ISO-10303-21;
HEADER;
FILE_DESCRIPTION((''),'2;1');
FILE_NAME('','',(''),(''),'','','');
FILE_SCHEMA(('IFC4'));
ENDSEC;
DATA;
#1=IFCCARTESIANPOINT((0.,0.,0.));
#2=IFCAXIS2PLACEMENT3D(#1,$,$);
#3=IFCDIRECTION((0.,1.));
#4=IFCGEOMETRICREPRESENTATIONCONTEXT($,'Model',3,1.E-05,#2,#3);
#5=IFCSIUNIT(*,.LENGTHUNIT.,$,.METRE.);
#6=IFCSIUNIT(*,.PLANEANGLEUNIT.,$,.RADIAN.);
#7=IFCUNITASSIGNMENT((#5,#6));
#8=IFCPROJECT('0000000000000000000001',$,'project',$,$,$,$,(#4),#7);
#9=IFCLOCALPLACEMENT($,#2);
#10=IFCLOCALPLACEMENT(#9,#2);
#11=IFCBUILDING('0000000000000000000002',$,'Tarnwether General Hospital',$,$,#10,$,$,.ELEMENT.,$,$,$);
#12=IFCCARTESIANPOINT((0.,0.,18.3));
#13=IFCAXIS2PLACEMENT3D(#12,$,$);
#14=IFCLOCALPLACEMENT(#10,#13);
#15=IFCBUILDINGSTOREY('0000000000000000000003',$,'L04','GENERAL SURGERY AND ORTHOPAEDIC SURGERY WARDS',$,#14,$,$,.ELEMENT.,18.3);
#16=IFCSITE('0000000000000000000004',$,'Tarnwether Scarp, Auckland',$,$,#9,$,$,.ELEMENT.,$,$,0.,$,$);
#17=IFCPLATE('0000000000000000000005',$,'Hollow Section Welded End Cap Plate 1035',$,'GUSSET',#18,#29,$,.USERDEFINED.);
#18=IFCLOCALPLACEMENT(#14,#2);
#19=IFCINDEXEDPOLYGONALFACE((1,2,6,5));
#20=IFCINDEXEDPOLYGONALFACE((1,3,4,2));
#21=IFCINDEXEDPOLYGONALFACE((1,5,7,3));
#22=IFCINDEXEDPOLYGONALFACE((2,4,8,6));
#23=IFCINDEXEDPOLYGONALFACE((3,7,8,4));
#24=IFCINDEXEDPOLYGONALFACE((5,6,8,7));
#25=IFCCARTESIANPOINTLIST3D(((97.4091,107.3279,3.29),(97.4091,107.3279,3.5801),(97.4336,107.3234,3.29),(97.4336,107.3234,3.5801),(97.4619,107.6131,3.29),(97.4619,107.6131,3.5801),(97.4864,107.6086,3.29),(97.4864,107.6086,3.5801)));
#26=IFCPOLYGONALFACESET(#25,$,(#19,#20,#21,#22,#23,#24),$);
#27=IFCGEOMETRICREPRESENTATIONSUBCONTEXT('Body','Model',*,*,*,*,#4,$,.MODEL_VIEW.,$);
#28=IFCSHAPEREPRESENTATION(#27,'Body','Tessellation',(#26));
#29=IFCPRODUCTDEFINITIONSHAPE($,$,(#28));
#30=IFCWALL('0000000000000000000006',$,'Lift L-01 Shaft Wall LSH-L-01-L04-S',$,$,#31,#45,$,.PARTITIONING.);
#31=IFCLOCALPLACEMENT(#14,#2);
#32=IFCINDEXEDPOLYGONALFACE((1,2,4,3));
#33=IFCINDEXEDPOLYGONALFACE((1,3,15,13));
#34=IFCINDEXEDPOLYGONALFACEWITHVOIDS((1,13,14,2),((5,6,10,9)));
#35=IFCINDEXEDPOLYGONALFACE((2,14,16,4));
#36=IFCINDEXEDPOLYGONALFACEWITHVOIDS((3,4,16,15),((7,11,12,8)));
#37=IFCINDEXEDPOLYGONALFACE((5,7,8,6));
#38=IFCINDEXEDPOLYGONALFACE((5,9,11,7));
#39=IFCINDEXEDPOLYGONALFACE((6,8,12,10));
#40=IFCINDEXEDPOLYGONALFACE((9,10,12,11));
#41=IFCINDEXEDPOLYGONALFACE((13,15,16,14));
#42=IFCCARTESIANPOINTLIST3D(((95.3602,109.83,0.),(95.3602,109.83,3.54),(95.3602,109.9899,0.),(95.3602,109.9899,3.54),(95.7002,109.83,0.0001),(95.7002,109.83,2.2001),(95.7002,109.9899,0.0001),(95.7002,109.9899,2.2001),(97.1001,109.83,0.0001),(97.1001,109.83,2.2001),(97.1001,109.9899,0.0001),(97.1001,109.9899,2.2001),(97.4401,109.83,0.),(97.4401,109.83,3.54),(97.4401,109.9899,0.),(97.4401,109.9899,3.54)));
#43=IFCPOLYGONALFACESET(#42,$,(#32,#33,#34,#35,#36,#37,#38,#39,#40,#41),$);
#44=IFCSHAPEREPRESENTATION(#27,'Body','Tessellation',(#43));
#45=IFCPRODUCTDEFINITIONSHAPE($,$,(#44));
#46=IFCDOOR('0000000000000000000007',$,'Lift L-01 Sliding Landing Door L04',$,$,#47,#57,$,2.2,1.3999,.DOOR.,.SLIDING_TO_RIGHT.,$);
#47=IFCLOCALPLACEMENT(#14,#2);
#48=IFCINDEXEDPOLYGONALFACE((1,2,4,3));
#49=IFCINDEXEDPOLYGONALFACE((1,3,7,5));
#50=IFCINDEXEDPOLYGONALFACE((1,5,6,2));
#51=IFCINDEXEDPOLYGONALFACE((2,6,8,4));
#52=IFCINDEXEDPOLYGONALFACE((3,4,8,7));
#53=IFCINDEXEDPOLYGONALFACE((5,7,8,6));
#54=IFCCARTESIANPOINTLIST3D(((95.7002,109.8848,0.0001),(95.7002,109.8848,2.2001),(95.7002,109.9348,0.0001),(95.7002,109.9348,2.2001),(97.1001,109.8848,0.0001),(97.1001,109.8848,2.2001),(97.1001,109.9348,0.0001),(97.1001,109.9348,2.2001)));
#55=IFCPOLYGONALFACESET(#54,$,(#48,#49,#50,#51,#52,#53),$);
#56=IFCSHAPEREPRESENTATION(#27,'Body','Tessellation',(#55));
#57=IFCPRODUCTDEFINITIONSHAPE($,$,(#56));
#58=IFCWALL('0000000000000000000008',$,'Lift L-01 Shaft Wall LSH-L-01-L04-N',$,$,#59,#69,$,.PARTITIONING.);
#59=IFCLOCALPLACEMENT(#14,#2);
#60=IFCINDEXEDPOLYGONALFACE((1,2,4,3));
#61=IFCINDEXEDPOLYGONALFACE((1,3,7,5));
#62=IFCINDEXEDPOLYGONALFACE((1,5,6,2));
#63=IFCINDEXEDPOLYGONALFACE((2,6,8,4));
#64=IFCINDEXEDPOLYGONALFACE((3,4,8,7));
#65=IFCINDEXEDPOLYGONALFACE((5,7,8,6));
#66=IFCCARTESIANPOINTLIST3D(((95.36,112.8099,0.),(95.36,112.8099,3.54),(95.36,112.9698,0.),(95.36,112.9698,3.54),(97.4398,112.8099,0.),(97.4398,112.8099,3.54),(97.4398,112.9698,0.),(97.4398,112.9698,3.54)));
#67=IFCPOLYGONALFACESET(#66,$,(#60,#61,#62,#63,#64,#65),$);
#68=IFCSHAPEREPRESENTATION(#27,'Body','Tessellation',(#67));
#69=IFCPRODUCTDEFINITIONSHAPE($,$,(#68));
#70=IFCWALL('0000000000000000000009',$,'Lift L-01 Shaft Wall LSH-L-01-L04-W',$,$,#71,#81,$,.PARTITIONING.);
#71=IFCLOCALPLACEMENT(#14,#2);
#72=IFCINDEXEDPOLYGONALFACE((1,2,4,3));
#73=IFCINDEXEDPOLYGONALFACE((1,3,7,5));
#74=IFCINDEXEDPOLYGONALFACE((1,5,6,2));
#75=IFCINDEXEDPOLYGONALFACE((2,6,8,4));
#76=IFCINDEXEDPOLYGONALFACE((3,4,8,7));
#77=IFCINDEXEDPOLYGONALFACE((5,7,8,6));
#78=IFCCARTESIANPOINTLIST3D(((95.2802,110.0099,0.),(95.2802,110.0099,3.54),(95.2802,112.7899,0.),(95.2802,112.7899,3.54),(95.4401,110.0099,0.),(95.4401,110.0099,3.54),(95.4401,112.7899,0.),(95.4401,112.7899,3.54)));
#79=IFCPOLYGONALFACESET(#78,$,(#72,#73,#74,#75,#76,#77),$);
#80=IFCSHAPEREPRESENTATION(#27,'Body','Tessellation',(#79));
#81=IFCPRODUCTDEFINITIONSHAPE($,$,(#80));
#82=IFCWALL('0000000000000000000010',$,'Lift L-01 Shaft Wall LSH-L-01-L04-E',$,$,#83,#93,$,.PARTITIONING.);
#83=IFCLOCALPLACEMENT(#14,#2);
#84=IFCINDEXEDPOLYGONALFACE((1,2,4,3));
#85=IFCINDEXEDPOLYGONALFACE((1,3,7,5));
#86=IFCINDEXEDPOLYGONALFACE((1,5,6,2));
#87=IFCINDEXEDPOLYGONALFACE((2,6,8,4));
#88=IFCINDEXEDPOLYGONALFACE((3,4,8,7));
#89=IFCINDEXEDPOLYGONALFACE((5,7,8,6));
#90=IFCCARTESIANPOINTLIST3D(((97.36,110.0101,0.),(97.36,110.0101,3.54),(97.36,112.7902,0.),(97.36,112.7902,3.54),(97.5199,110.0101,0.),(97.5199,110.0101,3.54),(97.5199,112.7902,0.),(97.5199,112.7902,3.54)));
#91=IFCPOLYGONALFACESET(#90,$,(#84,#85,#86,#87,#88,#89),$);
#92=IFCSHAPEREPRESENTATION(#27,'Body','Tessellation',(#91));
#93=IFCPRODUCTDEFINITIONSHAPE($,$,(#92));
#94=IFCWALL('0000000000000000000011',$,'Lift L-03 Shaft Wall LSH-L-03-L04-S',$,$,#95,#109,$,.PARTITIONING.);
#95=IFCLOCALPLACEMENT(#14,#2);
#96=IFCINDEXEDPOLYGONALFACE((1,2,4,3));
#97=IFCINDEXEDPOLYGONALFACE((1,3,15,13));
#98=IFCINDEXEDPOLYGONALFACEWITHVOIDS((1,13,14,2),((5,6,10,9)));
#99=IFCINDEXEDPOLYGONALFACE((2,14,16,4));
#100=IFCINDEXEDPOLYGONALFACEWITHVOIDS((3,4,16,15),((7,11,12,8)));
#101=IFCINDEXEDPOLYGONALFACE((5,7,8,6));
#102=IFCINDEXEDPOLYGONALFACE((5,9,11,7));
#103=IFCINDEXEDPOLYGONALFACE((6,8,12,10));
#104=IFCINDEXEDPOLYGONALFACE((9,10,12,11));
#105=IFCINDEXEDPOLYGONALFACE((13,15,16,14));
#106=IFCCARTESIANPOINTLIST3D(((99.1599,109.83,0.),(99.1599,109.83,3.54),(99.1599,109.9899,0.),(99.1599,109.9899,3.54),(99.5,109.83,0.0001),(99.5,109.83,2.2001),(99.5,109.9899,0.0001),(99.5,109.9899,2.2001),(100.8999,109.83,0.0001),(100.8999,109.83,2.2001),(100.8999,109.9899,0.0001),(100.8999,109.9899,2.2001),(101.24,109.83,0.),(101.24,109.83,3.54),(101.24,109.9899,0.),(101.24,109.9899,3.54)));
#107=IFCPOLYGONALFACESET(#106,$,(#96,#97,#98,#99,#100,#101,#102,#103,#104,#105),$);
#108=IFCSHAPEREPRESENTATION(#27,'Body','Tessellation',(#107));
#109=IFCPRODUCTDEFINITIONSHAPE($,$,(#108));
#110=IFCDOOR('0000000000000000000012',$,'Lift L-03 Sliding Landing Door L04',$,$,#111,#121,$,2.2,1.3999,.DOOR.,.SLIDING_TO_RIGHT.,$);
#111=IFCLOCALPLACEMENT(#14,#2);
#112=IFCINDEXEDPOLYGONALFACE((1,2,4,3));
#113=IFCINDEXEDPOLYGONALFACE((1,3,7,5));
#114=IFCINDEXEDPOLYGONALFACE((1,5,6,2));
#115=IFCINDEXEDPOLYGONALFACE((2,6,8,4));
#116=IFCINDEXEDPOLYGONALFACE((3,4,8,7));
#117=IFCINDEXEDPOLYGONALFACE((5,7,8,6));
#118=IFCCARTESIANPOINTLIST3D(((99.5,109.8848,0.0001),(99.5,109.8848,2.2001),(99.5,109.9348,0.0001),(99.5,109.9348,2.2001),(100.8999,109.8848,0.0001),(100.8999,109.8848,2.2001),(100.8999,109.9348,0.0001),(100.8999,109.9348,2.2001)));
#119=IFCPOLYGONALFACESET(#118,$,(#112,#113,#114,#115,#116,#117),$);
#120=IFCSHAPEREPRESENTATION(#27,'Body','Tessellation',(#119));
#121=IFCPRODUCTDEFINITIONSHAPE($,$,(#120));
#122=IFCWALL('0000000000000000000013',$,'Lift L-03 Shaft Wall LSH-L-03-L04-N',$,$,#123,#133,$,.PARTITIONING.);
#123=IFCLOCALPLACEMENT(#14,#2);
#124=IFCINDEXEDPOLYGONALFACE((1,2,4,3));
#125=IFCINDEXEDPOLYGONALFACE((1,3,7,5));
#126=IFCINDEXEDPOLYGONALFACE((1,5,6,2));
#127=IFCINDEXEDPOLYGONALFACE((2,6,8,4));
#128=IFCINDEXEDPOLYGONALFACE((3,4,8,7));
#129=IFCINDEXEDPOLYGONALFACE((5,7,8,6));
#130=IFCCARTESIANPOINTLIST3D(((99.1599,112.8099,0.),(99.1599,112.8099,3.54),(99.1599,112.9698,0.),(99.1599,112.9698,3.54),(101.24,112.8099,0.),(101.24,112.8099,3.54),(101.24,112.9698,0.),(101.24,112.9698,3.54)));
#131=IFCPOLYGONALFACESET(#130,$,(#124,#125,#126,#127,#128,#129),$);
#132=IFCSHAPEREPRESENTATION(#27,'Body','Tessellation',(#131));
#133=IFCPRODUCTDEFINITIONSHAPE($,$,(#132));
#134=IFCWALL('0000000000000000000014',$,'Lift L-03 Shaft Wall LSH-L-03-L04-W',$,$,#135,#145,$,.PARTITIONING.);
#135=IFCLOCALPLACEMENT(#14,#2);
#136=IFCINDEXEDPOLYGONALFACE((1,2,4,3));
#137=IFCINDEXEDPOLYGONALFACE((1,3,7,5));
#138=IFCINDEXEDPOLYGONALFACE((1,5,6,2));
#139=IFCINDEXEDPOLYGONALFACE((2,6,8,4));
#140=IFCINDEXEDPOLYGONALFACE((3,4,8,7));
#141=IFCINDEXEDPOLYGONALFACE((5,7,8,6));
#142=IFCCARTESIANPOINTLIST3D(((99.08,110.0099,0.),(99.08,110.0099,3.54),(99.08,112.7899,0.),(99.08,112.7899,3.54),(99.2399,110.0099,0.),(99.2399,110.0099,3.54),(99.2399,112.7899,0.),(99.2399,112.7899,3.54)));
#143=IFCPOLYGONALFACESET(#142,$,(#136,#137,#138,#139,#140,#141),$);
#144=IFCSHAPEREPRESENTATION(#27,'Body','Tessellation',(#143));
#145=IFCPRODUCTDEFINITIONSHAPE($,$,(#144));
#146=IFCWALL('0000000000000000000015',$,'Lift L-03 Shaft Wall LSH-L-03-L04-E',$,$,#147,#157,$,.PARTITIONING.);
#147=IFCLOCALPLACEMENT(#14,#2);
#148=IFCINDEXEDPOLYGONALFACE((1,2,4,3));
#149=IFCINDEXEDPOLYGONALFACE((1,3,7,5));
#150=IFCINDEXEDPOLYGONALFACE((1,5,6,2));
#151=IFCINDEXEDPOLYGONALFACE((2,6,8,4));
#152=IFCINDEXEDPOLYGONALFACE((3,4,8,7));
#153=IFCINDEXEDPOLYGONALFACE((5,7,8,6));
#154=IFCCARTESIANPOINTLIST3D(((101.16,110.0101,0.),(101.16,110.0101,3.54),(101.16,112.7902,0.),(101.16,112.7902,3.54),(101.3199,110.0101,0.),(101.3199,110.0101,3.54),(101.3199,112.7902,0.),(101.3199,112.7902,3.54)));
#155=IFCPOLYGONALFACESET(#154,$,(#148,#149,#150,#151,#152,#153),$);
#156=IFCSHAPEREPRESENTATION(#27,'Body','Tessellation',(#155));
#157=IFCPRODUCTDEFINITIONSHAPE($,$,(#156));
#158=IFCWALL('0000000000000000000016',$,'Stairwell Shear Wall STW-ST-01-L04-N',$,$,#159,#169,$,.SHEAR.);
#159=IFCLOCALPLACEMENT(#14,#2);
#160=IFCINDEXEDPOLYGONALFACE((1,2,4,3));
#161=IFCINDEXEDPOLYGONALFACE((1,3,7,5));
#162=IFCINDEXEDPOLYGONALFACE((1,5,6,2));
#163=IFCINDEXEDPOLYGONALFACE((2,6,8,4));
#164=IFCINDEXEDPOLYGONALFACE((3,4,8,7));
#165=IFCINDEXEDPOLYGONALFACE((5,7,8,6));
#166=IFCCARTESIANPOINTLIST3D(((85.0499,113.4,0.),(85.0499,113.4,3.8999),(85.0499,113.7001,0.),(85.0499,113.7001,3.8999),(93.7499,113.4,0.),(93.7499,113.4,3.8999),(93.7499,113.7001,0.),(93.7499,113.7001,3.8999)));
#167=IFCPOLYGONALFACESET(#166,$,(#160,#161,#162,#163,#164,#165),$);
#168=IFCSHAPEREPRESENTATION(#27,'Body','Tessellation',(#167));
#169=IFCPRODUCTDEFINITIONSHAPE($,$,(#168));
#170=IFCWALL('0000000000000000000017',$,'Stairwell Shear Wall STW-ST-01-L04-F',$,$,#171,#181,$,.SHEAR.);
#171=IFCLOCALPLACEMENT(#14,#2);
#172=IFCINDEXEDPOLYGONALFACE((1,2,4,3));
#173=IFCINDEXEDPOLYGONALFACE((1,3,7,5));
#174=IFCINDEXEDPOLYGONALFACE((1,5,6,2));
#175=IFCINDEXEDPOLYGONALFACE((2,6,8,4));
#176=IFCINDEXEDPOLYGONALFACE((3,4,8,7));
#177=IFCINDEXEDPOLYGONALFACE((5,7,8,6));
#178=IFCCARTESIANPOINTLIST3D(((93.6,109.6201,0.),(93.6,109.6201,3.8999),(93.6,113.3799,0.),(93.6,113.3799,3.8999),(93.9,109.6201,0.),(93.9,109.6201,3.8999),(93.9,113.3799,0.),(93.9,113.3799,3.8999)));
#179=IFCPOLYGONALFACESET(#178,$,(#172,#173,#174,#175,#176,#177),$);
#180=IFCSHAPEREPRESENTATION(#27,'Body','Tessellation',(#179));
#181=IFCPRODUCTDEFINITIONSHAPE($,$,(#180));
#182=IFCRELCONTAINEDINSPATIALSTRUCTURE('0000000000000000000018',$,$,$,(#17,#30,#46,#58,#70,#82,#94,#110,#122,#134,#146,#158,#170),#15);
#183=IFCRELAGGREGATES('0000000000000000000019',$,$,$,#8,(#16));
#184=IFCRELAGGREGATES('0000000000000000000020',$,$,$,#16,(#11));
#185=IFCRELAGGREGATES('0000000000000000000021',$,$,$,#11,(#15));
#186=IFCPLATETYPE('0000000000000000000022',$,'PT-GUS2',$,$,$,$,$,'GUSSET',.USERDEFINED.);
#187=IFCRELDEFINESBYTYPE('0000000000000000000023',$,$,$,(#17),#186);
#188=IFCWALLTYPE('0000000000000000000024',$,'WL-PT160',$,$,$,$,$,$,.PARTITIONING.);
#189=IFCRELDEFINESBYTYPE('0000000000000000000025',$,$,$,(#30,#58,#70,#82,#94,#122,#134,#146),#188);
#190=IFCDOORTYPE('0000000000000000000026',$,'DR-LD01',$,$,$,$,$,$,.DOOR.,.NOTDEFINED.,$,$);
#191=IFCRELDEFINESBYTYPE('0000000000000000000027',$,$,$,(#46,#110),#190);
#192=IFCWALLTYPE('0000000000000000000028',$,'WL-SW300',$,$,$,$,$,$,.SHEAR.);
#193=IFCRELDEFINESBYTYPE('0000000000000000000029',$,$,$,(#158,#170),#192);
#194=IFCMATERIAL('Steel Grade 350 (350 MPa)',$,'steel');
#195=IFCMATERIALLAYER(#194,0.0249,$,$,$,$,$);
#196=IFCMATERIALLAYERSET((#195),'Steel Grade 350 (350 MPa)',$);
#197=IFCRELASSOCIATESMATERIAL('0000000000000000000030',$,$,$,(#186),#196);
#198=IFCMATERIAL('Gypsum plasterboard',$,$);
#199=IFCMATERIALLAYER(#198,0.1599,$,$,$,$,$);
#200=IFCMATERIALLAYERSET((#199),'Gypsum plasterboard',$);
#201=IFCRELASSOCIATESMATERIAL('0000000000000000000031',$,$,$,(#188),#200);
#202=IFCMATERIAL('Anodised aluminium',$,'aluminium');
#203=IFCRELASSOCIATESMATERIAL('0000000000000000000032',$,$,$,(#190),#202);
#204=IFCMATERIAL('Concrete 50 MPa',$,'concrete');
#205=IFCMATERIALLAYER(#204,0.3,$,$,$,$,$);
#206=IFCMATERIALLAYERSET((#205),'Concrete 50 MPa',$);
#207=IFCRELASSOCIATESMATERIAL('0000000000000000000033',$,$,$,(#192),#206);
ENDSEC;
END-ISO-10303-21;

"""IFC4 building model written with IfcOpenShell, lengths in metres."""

from ifc_helpers import new_model, si_unit, direction, frame, frame_2d, origin, origin_2d, place, context, subcontext, project, spatial, rectangle, extrude, material, layer, layer_set, type_object, element, fill, save


model = new_model("IFC4")

# Units and contexts
model_context = context("Model", 3, precision=1e-05, world=origin(), true_north=direction((0.0, 1.0)))
body_context = subcontext(model_context, "Body", "Model", "MODEL_VIEW")
ifc_project = project(units=[si_unit("LENGTHUNIT", "METRE"), si_unit("PLANEANGLEUNIT", "RADIAN")], contexts=[model_context])

# Site, building, storey
site_placement = place(None, origin())
site = spatial("IfcSite", under=ifc_project, at=site_placement, Name="Tarnwether Scarp, Auckland", CompositionType="ELEMENT", RefElevation=0.0)
building_placement = place(site_placement, origin())
building = spatial("IfcBuilding", under=site, at=building_placement, Name="Tarnwether General Hospital", CompositionType="ELEMENT")
storey_placement = place(building_placement, frame((0.0, 0.0, 18.3)))
storey = spatial("IfcBuildingStorey", under=building, at=storey_placement, Name="L04", Description="GENERAL SURGERY AND ORTHOPAEDIC SURGERY WARDS", CompositionType="ELEMENT", Elevation=18.3)

# Plate
ifc_material_1 = material(Name="Steel Grade 350 (350 MPa)", Category="steel")
ifc_layer_1 = layer(ifc_material_1, 0.0249)
ifc_layer_set_1 = layer_set([ifc_layer_1], Name="Steel Grade 350 (350 MPa)")
plate_type_1 = type_object("IfcPlateType", Name="PT-GUS2", ElementType="GUSSET", PredefinedType="USERDEFINED", material=ifc_layer_set_1)
plate_1_placement = place(storey_placement, frame((97.4478, 107.4683, 3.29), z_axis=(0.0, 0.0, 1.0), x_axis=(0.983245, -0.182287, 0.0)))
element("IfcPlate", 1, at=plate_1_placement, inside=storey, type_object=plate_type_1, Name="Hollow Section Welded End Cap Plate 1035", ObjectType="GUSSET", PredefinedType="USERDEFINED", context=body_context, shape_type="SweptSolid", body=[
    extrude(rectangle(XDim=0.0249, YDim=0.29, at=origin_2d()), origin(), (0.0, 0.0, 1.0), 0.29),
])

# Wall, opening, door
ifc_material_2 = material(Name="Gypsum plasterboard")
ifc_layer_2 = layer(ifc_material_2, 0.1599)
ifc_layer_set_2 = layer_set([ifc_layer_2], Name="Gypsum plasterboard")
wall_type_1 = type_object("IfcWallType", Name="WL-PT160", PredefinedType="PARTITIONING", material=ifc_layer_set_2)
wall_1_placement = place(storey_placement, frame((95.3601, 109.9099, 0.0), z_axis=(0.0, 0.0, 1.0), x_axis=(1.0, 0.0, 0.0)))
wall_1 = element("IfcWall", 2, at=wall_1_placement, inside=storey, type_object=wall_type_1, Name="Lift L-01 Shaft Wall LSH-L-01-L04-S", PredefinedType="PARTITIONING", context=body_context, shape_type="SweptSolid", body=[
    extrude(rectangle(XDim=2.0798, YDim=0.1599, at=frame_2d((1.04, 0.0))), origin(), (0.0, 0.0, 1.0), 3.54),
])
opening_1_placement = place(wall_1_placement, frame((0.3401, 0.0, 0.0)))
opening_1 = element("IfcOpeningElement", 3, at=opening_1_placement, cuts=wall_1, PredefinedType="OPENING", context=body_context, shape_type="SweptSolid", body=[
    extrude(rectangle(XDim=1.3999, YDim=2.2, at=frame_2d((0.7, 1.1001))), frame((0.0, 0.0898, 0.0), z_axis=(0.0, -1.0, 0.0), x_axis=(1.0, 0.0, 0.0)), (0.0, 0.0, 1.0), 0.1799),
])
ifc_material_3 = material(Name="Anodised aluminium", Category="aluminium")
door_type = type_object("IfcDoorType", Name="DR-LD01", OperationType="NOTDEFINED", PredefinedType="DOOR", material=ifc_material_3)
door_1_placement = place(opening_1_placement, origin())
door_1 = element("IfcDoor", 4, at=door_1_placement, inside=storey, type_object=door_type, Name="Lift L-01 Sliding Landing Door L04", OperationType="SLIDING_TO_RIGHT", OverallHeight=2.2, OverallWidth=1.3999, PredefinedType="DOOR", context=body_context, shape_type="SweptSolid", body=[
    extrude(rectangle(XDim=1.3999, YDim=2.2, at=frame_2d((0.7, 1.1001))), frame((0.0, 0.0249, 0.0), z_axis=(0.0, -1.0, 0.0), x_axis=(1.0, 0.0, 0.0)), (0.0, 0.0, 1.0), 0.05),
])
fill(opening_1, door_1)

# Walls
wall_2_placement = place(storey_placement, frame((97.4399, 112.8899, 0.0), z_axis=(0.0, 0.0, 1.0), x_axis=(-1.0, 0.0, 0.0)))
element("IfcWall", 5, at=wall_2_placement, inside=storey, type_object=wall_type_1, Name="Lift L-01 Shaft Wall LSH-L-01-L04-N", PredefinedType="PARTITIONING", context=body_context, shape_type="SweptSolid", body=[
    extrude(rectangle(XDim=2.0798, YDim=0.1599, at=frame_2d((1.04, 0.0))), origin(), (0.0, 0.0, 1.0), 3.54),
])
for number, where, z_axis, x_axis, name in (
    (6, (95.3601, 112.79, 0.0), (0.0, 0.0, 1.0), (0.0, -1.0, 0.0), "Lift L-01 Shaft Wall LSH-L-01-L04-W"),
    (7, (97.4399, 110.01, 0.0), (0.0, 0.0, 1.0), (0.0, 1.0, 0.0), "Lift L-01 Shaft Wall LSH-L-01-L04-E"),
):
    element("IfcWall", number, at=place(storey_placement, frame(where, z_axis=z_axis, x_axis=x_axis)), inside=storey, type_object=wall_type_1, Name=name, PredefinedType="PARTITIONING", context=body_context, shape_type="SweptSolid", body=[
        extrude(rectangle(XDim=2.78, YDim=0.1599, at=frame_2d((1.3901, 0.0))), origin(), (0.0, 0.0, 1.0), 3.54),
    ])

# Wall, opening, door
wall_3_placement = place(storey_placement, frame((99.1599, 109.9099, 0.0), z_axis=(0.0, 0.0, 1.0), x_axis=(1.0, 0.0, 0.0)))
wall_3 = element("IfcWall", 8, at=wall_3_placement, inside=storey, type_object=wall_type_1, Name="Lift L-03 Shaft Wall LSH-L-03-L04-S", PredefinedType="PARTITIONING", context=body_context, shape_type="SweptSolid", body=[
    extrude(rectangle(XDim=2.0801, YDim=0.1599, at=frame_2d((1.04, 0.0))), origin(), (0.0, 0.0, 1.0), 3.54),
])
opening_2_placement = place(wall_3_placement, frame((0.3401, 0.0, 0.0)))
opening_2 = element("IfcOpeningElement", 9, at=opening_2_placement, cuts=wall_3, PredefinedType="OPENING", context=body_context, shape_type="SweptSolid", body=[
    extrude(rectangle(XDim=1.3999, YDim=2.2, at=frame_2d((0.7, 1.1001))), frame((0.0, 0.0898, 0.0), z_axis=(0.0, -1.0, 0.0), x_axis=(1.0, 0.0, 0.0)), (0.0, 0.0, 1.0), 0.1799),
])
door_2_placement = place(opening_2_placement, origin())
door_2 = element("IfcDoor", 10, at=door_2_placement, inside=storey, type_object=door_type, Name="Lift L-03 Sliding Landing Door L04", OperationType="SLIDING_TO_RIGHT", OverallHeight=2.2, OverallWidth=1.3999, PredefinedType="DOOR", context=body_context, shape_type="SweptSolid", body=[
    extrude(rectangle(XDim=1.3999, YDim=2.2, at=frame_2d((0.7, 1.1001))), frame((0.0, 0.0249, 0.0), z_axis=(0.0, -1.0, 0.0), x_axis=(1.0, 0.0, 0.0)), (0.0, 0.0, 1.0), 0.05),
])
fill(opening_2, door_2)

# Walls
wall_4_placement = place(storey_placement, frame((101.24, 112.8899, 0.0), z_axis=(0.0, 0.0, 1.0), x_axis=(-1.0, 0.0, 0.0)))
element("IfcWall", 11, at=wall_4_placement, inside=storey, type_object=wall_type_1, Name="Lift L-03 Shaft Wall LSH-L-03-L04-N", PredefinedType="PARTITIONING", context=body_context, shape_type="SweptSolid", body=[
    extrude(rectangle(XDim=2.0801, YDim=0.1599, at=frame_2d((1.04, 0.0))), origin(), (0.0, 0.0, 1.0), 3.54),
])
for number, where, z_axis, x_axis, name in (
    (12, (99.1599, 112.79, 0.0), (0.0, 0.0, 1.0), (0.0, -1.0, 0.0), "Lift L-03 Shaft Wall LSH-L-03-L04-W"),
    (13, (101.24, 110.01, 0.0), (0.0, 0.0, 1.0), (0.0, 1.0, 0.0), "Lift L-03 Shaft Wall LSH-L-03-L04-E"),
):
    element("IfcWall", number, at=place(storey_placement, frame(where, z_axis=z_axis, x_axis=x_axis)), inside=storey, type_object=wall_type_1, Name=name, PredefinedType="PARTITIONING", context=body_context, shape_type="SweptSolid", body=[
        extrude(rectangle(XDim=2.78, YDim=0.1599, at=frame_2d((1.3901, 0.0))), origin(), (0.0, 0.0, 1.0), 3.54),
    ])
ifc_material_4 = material(Name="Concrete 50 MPa", Category="concrete")
ifc_layer_3 = layer(ifc_material_4, 0.3)
ifc_layer_set_3 = layer_set([ifc_layer_3], Name="Concrete 50 MPa")
wall_type_2 = type_object("IfcWallType", Name="WL-SW300", PredefinedType="SHEAR", material=ifc_layer_set_3)
wall_5_placement = place(storey_placement, frame((93.75, 113.55, 0.0), z_axis=(0.0, 0.0, 1.0), x_axis=(-1.0, 0.0, 0.0)))
element("IfcWall", 14, at=wall_5_placement, inside=storey, type_object=wall_type_2, Name="Stairwell Shear Wall STW-ST-01-L04-N", PredefinedType="SHEAR", context=body_context, shape_type="SweptSolid", body=[
    extrude(rectangle(XDim=8.7, YDim=0.3, at=frame_2d((4.3501, 0.0))), origin(), (0.0, 0.0, 1.0), 3.8999),
])
wall_6_placement = place(storey_placement, frame((93.75, 109.6201, 0.0), z_axis=(0.0, 0.0, 1.0), x_axis=(0.0, 1.0, 0.0)))
element("IfcWall", 15, at=wall_6_placement, inside=storey, type_object=wall_type_2, Name="Stairwell Shear Wall STW-ST-01-L04-F", PredefinedType="SHEAR", context=body_context, shape_type="SweptSolid", body=[
    extrude(rectangle(XDim=3.7598, YDim=0.3, at=frame_2d((1.8799, 0.0))), origin(), (0.0, 0.0, 1.0), 3.8999),
])

save(model, "model.ifc")
